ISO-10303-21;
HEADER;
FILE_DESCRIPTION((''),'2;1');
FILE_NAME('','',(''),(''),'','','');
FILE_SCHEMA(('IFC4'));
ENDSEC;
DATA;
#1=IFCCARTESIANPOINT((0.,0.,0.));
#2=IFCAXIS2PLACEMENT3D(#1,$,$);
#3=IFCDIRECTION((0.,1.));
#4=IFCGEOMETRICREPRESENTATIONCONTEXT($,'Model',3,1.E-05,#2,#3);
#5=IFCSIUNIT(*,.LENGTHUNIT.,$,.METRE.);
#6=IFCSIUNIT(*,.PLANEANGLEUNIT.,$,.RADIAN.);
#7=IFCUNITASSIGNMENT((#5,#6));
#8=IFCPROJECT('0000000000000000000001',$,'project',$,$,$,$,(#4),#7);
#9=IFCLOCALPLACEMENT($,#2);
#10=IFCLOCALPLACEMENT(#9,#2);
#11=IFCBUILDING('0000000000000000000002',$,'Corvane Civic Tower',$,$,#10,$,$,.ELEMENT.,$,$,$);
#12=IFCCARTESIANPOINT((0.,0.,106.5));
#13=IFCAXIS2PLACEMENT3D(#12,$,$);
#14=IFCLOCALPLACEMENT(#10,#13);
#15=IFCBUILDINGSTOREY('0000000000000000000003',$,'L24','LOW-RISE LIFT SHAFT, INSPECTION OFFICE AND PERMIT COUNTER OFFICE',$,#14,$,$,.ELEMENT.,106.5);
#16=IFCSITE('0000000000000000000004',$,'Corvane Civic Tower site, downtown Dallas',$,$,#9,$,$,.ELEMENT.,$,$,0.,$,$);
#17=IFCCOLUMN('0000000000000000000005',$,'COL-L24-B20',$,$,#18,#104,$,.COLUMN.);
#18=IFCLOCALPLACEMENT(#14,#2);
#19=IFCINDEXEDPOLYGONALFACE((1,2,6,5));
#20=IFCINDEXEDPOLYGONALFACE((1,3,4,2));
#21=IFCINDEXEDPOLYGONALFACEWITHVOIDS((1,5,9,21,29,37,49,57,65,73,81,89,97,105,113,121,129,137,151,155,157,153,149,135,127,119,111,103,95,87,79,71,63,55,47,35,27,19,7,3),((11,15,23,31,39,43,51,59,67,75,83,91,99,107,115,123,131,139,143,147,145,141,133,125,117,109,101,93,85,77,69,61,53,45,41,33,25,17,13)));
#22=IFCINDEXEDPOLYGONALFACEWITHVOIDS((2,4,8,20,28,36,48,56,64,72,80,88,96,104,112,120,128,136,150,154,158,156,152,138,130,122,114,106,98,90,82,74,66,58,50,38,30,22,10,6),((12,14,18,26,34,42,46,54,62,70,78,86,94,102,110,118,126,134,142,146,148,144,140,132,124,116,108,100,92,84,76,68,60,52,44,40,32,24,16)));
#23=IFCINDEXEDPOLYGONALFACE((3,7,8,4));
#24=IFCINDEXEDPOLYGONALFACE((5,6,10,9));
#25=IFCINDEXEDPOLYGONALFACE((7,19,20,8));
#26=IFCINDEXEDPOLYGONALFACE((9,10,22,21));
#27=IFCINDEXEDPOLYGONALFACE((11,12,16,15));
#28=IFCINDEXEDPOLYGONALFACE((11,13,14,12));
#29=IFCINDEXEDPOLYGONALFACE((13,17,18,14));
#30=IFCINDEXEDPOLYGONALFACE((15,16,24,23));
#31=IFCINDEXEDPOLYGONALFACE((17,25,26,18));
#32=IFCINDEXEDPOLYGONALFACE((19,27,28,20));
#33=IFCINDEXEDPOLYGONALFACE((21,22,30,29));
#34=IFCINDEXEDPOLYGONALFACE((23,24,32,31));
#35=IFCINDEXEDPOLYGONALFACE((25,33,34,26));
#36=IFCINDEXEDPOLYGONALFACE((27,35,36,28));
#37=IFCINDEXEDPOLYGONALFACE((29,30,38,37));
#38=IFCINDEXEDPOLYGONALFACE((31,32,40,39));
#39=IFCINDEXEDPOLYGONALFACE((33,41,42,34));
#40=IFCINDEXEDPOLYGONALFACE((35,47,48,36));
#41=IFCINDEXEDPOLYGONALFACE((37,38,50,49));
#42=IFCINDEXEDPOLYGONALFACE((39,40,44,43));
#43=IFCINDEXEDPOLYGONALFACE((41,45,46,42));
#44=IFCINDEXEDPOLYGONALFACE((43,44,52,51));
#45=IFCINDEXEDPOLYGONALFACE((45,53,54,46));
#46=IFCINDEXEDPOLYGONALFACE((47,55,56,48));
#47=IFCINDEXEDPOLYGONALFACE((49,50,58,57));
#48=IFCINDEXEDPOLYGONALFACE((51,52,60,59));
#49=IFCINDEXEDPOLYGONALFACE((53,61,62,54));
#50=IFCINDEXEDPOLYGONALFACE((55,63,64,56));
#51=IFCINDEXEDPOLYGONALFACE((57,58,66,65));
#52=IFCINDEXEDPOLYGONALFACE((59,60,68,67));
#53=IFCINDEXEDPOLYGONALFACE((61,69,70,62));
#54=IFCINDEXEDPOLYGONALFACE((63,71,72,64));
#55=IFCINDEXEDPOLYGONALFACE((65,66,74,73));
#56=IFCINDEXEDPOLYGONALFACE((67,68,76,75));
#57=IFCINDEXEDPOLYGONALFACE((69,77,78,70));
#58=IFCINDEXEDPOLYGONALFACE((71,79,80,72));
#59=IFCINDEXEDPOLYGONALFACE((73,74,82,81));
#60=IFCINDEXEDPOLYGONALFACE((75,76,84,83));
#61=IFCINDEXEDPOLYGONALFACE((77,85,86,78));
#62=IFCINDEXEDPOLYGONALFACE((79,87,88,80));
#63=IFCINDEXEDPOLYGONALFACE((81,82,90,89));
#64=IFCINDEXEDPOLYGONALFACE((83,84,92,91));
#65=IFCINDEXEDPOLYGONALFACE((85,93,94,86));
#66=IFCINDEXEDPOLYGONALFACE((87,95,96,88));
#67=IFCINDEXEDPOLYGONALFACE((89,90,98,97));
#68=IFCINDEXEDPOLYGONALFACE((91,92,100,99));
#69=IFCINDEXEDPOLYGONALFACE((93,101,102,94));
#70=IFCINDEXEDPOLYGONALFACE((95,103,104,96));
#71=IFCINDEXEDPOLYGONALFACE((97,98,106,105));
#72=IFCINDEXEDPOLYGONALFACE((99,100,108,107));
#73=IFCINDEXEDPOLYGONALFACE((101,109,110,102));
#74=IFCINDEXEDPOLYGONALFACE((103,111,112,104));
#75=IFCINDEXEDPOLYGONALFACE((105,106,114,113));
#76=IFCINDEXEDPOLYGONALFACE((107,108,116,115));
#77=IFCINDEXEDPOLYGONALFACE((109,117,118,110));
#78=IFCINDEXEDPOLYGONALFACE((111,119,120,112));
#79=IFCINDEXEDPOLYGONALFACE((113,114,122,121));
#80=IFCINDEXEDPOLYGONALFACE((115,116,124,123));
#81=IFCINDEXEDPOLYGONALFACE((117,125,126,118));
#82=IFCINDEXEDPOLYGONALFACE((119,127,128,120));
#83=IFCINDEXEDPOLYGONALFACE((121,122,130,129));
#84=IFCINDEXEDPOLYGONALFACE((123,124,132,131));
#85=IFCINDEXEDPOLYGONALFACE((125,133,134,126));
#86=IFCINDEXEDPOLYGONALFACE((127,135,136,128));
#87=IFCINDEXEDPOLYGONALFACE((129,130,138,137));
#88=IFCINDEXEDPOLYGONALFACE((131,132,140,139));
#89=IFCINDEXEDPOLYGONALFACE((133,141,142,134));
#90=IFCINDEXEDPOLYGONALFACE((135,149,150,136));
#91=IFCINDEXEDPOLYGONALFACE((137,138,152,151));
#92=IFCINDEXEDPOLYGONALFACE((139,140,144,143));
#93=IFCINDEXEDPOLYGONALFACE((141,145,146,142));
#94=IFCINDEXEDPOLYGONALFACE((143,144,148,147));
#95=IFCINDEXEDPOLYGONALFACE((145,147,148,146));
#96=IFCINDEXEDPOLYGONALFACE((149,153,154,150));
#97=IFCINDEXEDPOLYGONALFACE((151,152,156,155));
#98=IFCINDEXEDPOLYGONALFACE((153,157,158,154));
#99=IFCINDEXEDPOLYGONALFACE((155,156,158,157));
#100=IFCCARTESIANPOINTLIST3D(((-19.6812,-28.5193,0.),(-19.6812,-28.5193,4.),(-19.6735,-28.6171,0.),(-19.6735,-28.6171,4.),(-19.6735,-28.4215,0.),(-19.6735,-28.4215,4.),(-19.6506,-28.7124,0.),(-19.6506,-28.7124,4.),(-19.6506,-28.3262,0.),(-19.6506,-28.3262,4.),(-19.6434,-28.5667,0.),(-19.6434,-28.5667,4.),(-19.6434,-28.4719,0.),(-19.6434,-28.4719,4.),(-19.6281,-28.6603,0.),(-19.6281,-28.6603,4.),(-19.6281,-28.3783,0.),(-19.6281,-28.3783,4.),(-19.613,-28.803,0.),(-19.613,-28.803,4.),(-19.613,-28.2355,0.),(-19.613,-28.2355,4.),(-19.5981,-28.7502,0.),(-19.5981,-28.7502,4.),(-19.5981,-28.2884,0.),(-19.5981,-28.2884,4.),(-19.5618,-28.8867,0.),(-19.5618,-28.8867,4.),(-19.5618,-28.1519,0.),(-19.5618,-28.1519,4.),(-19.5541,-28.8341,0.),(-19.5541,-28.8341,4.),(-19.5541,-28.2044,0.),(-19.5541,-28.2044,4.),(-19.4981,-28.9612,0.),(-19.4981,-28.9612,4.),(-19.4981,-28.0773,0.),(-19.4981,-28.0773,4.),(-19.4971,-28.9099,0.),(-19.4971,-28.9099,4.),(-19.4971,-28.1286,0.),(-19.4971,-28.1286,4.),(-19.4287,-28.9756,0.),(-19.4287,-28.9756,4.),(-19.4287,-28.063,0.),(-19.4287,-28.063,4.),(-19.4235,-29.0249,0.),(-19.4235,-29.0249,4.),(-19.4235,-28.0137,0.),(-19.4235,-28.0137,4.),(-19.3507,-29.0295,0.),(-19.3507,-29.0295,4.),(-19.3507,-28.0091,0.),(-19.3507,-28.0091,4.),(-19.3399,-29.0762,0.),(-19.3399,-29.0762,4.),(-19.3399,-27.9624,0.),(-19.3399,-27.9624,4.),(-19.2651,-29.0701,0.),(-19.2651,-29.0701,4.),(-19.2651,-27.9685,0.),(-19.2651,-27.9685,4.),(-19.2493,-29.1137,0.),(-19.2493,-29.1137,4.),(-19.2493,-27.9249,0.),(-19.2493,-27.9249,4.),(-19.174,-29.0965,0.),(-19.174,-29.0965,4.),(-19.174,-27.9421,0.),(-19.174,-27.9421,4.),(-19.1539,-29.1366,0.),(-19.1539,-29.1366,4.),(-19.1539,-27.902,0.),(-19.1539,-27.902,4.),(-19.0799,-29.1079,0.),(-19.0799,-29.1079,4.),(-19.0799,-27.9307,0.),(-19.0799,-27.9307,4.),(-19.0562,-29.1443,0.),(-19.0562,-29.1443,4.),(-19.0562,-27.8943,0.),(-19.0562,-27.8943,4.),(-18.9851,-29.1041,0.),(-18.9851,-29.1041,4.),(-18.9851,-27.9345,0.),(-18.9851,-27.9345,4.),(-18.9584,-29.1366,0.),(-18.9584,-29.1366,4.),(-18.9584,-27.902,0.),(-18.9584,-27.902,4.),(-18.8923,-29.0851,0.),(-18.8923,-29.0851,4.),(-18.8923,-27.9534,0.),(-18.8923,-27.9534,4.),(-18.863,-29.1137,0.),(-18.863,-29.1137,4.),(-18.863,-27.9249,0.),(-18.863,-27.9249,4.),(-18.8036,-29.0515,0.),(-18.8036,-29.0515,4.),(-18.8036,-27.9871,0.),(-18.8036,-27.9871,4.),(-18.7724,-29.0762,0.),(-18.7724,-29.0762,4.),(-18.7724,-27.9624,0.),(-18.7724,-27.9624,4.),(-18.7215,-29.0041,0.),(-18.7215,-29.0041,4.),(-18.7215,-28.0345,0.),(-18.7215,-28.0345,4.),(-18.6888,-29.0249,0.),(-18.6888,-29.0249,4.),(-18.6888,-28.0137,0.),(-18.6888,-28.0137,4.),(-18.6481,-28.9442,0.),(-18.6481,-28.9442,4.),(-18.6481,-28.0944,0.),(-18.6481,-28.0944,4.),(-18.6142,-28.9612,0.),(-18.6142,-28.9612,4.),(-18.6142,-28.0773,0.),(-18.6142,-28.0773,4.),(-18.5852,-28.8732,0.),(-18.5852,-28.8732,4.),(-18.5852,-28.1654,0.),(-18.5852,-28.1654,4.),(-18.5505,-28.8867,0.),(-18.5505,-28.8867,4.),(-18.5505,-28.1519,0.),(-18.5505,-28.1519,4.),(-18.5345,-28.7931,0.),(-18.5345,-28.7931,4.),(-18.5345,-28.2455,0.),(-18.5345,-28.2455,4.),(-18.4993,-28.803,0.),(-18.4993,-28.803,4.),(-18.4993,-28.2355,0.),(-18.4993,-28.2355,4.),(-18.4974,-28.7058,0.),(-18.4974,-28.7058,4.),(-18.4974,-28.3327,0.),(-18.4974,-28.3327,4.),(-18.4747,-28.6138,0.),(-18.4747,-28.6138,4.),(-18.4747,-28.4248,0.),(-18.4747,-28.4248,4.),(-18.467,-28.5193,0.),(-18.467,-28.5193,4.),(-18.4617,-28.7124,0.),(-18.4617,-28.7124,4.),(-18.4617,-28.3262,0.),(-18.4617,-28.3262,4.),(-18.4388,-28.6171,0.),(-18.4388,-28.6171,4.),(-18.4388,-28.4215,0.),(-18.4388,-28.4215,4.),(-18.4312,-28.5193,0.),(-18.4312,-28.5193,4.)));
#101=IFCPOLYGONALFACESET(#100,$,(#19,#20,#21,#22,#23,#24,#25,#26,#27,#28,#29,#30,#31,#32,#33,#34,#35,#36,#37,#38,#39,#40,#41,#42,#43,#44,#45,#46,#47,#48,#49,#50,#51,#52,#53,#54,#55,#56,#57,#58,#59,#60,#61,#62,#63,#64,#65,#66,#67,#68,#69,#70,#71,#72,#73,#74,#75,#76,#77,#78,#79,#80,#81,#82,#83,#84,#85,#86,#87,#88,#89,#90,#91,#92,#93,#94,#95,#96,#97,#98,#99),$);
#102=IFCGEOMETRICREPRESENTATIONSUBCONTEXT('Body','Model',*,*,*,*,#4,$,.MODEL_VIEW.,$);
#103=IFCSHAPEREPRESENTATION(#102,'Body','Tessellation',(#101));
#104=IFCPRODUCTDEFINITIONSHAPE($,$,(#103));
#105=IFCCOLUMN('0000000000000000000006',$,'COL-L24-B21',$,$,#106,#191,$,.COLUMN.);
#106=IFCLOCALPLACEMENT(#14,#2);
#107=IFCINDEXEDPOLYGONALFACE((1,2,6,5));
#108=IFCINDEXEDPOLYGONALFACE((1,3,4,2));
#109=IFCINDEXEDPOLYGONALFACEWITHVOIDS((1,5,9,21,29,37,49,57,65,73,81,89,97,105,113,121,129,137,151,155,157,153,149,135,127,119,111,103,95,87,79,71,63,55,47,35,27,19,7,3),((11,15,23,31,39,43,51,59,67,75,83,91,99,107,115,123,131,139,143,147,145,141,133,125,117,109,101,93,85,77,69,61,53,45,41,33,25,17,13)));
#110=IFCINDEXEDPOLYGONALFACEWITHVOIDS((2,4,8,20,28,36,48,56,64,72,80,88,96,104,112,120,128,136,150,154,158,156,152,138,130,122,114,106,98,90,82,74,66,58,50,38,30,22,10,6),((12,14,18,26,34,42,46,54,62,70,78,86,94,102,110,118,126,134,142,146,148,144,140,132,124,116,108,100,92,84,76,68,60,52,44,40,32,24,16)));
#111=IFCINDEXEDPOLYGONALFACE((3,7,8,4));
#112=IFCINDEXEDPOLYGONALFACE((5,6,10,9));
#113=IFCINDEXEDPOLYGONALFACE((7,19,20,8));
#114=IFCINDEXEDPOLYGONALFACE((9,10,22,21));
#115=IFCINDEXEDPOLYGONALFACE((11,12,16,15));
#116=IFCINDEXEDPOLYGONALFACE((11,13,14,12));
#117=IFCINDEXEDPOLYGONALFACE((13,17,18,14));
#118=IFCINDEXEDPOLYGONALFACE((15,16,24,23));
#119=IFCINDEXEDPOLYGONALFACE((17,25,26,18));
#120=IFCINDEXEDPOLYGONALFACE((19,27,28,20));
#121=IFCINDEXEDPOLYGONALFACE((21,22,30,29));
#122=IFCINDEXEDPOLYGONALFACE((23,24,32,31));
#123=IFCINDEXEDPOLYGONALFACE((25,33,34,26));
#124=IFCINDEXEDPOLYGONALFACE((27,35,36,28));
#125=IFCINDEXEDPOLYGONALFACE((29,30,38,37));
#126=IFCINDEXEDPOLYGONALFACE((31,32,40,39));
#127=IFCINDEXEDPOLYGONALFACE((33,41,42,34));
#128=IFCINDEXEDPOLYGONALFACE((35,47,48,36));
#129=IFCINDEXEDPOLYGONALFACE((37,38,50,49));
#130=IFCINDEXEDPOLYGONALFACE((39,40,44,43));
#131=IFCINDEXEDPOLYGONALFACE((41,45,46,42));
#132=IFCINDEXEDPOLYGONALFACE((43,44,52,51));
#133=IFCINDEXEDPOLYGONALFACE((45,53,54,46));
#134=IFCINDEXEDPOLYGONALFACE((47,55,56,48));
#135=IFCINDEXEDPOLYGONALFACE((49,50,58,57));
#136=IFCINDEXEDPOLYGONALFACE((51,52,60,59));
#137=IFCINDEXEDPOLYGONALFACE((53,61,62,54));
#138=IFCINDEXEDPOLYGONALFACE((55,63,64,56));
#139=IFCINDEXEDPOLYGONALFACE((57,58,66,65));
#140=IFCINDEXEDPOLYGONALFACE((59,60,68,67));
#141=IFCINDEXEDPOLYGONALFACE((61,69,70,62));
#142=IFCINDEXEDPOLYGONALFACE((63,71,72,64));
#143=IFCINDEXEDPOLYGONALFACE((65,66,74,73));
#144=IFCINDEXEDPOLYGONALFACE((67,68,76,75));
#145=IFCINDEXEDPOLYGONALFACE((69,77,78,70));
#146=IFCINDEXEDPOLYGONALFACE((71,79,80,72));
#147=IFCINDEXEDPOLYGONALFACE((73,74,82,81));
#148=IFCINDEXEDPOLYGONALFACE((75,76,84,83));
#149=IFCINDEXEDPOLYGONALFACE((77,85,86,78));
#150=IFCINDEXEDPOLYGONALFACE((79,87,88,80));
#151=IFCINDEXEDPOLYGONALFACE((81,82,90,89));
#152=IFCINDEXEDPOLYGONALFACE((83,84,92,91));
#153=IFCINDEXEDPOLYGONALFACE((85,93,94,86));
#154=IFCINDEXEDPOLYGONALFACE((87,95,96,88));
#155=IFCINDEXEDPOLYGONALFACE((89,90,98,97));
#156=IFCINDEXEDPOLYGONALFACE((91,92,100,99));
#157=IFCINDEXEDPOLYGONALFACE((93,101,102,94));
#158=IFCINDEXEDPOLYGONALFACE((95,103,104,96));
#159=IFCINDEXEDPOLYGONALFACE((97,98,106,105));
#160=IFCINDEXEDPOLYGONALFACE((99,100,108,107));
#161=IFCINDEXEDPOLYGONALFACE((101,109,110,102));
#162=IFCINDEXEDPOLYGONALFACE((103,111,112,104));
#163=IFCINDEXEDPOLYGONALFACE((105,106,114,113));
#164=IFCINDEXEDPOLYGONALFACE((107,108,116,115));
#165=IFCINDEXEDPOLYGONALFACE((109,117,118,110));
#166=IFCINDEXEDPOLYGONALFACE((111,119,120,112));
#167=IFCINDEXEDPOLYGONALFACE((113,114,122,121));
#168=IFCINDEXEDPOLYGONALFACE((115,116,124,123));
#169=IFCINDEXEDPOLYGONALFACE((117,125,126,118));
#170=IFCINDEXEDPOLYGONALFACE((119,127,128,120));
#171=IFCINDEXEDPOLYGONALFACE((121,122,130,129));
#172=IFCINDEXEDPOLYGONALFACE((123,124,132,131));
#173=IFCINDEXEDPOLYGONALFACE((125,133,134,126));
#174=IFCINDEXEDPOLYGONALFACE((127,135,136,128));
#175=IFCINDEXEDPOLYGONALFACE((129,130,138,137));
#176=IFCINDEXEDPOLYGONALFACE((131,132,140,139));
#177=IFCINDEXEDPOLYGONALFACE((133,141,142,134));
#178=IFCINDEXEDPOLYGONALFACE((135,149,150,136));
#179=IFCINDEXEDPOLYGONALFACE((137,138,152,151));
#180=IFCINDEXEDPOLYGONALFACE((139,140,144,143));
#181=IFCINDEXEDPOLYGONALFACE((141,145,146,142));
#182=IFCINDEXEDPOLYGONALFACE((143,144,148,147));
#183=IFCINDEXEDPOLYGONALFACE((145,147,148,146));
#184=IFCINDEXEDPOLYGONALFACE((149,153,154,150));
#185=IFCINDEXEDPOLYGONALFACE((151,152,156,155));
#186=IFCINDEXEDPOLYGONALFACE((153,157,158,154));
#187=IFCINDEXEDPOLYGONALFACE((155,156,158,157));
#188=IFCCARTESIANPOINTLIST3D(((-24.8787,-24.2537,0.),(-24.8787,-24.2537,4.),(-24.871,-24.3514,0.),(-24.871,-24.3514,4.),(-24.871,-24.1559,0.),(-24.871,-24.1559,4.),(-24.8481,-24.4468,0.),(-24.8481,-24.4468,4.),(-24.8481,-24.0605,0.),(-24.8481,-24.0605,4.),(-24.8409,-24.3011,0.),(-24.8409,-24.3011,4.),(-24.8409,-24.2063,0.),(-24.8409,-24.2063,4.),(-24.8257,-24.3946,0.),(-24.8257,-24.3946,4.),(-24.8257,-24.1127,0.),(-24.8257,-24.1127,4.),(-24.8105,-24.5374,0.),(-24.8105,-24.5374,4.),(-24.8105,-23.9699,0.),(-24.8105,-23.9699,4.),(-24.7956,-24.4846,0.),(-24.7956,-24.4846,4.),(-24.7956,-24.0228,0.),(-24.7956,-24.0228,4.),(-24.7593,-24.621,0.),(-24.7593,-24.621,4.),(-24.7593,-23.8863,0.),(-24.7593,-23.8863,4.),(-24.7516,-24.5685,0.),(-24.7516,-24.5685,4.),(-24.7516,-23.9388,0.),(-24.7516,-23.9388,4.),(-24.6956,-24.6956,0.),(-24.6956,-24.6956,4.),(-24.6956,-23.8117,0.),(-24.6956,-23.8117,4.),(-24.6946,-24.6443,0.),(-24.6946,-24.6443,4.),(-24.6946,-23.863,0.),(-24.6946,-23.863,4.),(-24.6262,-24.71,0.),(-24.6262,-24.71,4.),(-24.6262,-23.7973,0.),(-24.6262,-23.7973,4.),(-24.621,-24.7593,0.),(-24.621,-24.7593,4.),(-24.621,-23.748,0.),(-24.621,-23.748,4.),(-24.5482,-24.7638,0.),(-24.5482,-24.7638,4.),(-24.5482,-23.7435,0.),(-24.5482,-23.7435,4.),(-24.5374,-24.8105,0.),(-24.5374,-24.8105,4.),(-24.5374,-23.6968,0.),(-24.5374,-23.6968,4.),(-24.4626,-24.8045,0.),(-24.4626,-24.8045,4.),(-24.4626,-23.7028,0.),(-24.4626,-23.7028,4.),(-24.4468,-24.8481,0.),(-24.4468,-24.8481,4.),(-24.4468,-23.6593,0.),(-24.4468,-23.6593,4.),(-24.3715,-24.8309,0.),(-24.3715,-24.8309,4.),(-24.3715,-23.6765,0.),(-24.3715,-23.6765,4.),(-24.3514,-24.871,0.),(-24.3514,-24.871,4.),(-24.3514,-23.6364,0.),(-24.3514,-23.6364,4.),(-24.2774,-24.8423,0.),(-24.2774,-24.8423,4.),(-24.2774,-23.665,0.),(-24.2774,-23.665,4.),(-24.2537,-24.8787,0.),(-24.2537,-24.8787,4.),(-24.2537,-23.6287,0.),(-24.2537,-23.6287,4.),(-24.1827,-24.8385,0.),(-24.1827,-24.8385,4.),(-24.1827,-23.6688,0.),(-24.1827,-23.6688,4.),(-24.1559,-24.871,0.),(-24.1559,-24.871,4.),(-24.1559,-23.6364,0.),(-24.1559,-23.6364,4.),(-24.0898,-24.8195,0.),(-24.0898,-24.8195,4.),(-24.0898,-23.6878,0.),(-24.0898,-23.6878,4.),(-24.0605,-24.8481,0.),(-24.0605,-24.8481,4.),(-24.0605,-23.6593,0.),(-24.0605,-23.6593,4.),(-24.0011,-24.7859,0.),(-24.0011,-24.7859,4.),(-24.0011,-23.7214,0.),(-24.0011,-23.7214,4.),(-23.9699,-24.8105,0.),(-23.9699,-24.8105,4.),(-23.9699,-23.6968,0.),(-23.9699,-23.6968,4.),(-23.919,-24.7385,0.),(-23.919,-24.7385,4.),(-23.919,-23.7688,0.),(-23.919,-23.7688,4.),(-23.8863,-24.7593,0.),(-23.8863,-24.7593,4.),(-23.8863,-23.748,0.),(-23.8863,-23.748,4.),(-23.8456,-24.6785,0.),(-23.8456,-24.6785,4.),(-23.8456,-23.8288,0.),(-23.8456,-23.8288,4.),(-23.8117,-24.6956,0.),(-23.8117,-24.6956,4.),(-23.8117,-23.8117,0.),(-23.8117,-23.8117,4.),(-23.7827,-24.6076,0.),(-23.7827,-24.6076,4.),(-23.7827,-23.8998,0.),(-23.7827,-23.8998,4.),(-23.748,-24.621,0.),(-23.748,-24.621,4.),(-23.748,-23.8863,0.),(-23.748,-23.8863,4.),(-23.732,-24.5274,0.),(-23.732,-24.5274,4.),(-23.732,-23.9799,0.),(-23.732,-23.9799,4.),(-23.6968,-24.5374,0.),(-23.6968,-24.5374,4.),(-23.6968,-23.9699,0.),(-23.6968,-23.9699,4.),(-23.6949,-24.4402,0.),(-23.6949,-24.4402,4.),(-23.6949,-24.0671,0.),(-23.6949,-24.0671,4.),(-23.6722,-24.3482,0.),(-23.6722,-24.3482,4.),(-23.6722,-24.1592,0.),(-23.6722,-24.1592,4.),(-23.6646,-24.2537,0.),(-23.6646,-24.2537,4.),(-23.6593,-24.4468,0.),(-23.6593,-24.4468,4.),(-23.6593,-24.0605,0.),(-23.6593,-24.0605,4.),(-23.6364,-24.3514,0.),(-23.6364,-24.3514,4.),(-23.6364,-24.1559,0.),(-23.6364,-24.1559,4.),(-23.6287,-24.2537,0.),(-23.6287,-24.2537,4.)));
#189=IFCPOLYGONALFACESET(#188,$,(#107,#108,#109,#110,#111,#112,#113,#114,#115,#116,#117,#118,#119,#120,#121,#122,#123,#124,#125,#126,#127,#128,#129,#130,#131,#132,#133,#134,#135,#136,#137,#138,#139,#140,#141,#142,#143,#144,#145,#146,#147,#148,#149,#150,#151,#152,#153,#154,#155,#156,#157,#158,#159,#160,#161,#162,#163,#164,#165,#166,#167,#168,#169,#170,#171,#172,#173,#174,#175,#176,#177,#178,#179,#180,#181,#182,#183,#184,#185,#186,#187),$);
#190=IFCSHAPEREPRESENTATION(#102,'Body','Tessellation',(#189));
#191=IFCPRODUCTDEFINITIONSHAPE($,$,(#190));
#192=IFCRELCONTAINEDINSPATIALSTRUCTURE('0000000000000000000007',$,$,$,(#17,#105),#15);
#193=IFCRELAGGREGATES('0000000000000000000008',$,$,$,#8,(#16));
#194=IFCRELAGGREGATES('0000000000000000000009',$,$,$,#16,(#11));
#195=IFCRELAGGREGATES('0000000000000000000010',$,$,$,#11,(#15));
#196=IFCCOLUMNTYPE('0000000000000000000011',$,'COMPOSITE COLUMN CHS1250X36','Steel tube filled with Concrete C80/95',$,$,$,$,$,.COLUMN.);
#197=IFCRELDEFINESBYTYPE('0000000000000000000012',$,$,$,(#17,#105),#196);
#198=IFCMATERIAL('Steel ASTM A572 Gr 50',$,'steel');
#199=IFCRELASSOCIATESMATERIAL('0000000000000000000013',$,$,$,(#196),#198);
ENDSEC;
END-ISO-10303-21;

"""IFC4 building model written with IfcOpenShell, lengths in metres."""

from ifc_helpers import new_model, si_unit, direction, frame, origin, origin_2d, place, context, subcontext, project, spatial, hollow_circle, extrude, material, material_profile, profile_set, type_object, element, save


model = new_model("IFC4")

# Units and contexts
model_context = context("Model", 3, precision=1e-05, world=origin(), true_north=direction((0.0, 1.0)))
body_context = subcontext(model_context, "Body", "Model", "MODEL_VIEW")
ifc_project = project(units=[si_unit("LENGTHUNIT", "METRE"), si_unit("PLANEANGLEUNIT", "RADIAN")], contexts=[model_context])

# Site, building, storey
site_placement = place(None, origin())
site = spatial("IfcSite", under=ifc_project, at=site_placement, Name="Corvane Civic Tower site, downtown Dallas", CompositionType="ELEMENT", RefElevation=0.0)
building_placement = place(site_placement, origin())
building = spatial("IfcBuilding", under=site, at=building_placement, Name="Corvane Civic Tower", CompositionType="ELEMENT")
storey_placement = place(building_placement, frame((0.0, 0.0, 106.5)))
storey = spatial("IfcBuildingStorey", under=building, at=storey_placement, Name="L24", Description="LOW-RISE LIFT SHAFT, INSPECTION OFFICE AND PERMIT COUNTER OFFICE", CompositionType="ELEMENT", Elevation=106.5)

# Columns
ifc_material_1 = material(Name="Steel ASTM A572 Gr 50", Category="steel")
ifc_material_profile_1 = material_profile(ifc_material_1, hollow_circle(Radius=0.625, WallThickness=0.0359, at=origin_2d()), Name="CHS1250X36")
ifc_profile_set_1 = profile_set([ifc_material_profile_1], Name="Steel ASTM A572 Gr 50")
column_type = type_object("IfcColumnType", Name="COMPOSITE COLUMN CHS1250X36", Description="Steel tube filled with Concrete C80/95", PredefinedType="COLUMN", material=ifc_profile_set_1)
for number, where, z_axis, x_axis, name in (
    (1, (-19.0562, -28.5193, 0.0), (0.0, 0.0, 1.0), (1.0, 0.0, 0.0), "COL-L24-B20"),
    (2, (-24.2537, -24.2537, 0.0), (0.0, 0.0, 1.0), (1.0, 0.0, 0.0), "COL-L24-B21"),
):
    element("IfcColumn", number, at=place(storey_placement, frame(where, z_axis=z_axis, x_axis=x_axis)), inside=storey, type_object=column_type, Name=name, PredefinedType="COLUMN", context=body_context, shape_type="SweptSolid", body=[
        extrude(hollow_circle(Radius=0.625, WallThickness=0.0359, at=origin_2d()), origin(), (0.0, 0.0, 1.0), 4.0),
    ])

save(model, "model.ifc")
